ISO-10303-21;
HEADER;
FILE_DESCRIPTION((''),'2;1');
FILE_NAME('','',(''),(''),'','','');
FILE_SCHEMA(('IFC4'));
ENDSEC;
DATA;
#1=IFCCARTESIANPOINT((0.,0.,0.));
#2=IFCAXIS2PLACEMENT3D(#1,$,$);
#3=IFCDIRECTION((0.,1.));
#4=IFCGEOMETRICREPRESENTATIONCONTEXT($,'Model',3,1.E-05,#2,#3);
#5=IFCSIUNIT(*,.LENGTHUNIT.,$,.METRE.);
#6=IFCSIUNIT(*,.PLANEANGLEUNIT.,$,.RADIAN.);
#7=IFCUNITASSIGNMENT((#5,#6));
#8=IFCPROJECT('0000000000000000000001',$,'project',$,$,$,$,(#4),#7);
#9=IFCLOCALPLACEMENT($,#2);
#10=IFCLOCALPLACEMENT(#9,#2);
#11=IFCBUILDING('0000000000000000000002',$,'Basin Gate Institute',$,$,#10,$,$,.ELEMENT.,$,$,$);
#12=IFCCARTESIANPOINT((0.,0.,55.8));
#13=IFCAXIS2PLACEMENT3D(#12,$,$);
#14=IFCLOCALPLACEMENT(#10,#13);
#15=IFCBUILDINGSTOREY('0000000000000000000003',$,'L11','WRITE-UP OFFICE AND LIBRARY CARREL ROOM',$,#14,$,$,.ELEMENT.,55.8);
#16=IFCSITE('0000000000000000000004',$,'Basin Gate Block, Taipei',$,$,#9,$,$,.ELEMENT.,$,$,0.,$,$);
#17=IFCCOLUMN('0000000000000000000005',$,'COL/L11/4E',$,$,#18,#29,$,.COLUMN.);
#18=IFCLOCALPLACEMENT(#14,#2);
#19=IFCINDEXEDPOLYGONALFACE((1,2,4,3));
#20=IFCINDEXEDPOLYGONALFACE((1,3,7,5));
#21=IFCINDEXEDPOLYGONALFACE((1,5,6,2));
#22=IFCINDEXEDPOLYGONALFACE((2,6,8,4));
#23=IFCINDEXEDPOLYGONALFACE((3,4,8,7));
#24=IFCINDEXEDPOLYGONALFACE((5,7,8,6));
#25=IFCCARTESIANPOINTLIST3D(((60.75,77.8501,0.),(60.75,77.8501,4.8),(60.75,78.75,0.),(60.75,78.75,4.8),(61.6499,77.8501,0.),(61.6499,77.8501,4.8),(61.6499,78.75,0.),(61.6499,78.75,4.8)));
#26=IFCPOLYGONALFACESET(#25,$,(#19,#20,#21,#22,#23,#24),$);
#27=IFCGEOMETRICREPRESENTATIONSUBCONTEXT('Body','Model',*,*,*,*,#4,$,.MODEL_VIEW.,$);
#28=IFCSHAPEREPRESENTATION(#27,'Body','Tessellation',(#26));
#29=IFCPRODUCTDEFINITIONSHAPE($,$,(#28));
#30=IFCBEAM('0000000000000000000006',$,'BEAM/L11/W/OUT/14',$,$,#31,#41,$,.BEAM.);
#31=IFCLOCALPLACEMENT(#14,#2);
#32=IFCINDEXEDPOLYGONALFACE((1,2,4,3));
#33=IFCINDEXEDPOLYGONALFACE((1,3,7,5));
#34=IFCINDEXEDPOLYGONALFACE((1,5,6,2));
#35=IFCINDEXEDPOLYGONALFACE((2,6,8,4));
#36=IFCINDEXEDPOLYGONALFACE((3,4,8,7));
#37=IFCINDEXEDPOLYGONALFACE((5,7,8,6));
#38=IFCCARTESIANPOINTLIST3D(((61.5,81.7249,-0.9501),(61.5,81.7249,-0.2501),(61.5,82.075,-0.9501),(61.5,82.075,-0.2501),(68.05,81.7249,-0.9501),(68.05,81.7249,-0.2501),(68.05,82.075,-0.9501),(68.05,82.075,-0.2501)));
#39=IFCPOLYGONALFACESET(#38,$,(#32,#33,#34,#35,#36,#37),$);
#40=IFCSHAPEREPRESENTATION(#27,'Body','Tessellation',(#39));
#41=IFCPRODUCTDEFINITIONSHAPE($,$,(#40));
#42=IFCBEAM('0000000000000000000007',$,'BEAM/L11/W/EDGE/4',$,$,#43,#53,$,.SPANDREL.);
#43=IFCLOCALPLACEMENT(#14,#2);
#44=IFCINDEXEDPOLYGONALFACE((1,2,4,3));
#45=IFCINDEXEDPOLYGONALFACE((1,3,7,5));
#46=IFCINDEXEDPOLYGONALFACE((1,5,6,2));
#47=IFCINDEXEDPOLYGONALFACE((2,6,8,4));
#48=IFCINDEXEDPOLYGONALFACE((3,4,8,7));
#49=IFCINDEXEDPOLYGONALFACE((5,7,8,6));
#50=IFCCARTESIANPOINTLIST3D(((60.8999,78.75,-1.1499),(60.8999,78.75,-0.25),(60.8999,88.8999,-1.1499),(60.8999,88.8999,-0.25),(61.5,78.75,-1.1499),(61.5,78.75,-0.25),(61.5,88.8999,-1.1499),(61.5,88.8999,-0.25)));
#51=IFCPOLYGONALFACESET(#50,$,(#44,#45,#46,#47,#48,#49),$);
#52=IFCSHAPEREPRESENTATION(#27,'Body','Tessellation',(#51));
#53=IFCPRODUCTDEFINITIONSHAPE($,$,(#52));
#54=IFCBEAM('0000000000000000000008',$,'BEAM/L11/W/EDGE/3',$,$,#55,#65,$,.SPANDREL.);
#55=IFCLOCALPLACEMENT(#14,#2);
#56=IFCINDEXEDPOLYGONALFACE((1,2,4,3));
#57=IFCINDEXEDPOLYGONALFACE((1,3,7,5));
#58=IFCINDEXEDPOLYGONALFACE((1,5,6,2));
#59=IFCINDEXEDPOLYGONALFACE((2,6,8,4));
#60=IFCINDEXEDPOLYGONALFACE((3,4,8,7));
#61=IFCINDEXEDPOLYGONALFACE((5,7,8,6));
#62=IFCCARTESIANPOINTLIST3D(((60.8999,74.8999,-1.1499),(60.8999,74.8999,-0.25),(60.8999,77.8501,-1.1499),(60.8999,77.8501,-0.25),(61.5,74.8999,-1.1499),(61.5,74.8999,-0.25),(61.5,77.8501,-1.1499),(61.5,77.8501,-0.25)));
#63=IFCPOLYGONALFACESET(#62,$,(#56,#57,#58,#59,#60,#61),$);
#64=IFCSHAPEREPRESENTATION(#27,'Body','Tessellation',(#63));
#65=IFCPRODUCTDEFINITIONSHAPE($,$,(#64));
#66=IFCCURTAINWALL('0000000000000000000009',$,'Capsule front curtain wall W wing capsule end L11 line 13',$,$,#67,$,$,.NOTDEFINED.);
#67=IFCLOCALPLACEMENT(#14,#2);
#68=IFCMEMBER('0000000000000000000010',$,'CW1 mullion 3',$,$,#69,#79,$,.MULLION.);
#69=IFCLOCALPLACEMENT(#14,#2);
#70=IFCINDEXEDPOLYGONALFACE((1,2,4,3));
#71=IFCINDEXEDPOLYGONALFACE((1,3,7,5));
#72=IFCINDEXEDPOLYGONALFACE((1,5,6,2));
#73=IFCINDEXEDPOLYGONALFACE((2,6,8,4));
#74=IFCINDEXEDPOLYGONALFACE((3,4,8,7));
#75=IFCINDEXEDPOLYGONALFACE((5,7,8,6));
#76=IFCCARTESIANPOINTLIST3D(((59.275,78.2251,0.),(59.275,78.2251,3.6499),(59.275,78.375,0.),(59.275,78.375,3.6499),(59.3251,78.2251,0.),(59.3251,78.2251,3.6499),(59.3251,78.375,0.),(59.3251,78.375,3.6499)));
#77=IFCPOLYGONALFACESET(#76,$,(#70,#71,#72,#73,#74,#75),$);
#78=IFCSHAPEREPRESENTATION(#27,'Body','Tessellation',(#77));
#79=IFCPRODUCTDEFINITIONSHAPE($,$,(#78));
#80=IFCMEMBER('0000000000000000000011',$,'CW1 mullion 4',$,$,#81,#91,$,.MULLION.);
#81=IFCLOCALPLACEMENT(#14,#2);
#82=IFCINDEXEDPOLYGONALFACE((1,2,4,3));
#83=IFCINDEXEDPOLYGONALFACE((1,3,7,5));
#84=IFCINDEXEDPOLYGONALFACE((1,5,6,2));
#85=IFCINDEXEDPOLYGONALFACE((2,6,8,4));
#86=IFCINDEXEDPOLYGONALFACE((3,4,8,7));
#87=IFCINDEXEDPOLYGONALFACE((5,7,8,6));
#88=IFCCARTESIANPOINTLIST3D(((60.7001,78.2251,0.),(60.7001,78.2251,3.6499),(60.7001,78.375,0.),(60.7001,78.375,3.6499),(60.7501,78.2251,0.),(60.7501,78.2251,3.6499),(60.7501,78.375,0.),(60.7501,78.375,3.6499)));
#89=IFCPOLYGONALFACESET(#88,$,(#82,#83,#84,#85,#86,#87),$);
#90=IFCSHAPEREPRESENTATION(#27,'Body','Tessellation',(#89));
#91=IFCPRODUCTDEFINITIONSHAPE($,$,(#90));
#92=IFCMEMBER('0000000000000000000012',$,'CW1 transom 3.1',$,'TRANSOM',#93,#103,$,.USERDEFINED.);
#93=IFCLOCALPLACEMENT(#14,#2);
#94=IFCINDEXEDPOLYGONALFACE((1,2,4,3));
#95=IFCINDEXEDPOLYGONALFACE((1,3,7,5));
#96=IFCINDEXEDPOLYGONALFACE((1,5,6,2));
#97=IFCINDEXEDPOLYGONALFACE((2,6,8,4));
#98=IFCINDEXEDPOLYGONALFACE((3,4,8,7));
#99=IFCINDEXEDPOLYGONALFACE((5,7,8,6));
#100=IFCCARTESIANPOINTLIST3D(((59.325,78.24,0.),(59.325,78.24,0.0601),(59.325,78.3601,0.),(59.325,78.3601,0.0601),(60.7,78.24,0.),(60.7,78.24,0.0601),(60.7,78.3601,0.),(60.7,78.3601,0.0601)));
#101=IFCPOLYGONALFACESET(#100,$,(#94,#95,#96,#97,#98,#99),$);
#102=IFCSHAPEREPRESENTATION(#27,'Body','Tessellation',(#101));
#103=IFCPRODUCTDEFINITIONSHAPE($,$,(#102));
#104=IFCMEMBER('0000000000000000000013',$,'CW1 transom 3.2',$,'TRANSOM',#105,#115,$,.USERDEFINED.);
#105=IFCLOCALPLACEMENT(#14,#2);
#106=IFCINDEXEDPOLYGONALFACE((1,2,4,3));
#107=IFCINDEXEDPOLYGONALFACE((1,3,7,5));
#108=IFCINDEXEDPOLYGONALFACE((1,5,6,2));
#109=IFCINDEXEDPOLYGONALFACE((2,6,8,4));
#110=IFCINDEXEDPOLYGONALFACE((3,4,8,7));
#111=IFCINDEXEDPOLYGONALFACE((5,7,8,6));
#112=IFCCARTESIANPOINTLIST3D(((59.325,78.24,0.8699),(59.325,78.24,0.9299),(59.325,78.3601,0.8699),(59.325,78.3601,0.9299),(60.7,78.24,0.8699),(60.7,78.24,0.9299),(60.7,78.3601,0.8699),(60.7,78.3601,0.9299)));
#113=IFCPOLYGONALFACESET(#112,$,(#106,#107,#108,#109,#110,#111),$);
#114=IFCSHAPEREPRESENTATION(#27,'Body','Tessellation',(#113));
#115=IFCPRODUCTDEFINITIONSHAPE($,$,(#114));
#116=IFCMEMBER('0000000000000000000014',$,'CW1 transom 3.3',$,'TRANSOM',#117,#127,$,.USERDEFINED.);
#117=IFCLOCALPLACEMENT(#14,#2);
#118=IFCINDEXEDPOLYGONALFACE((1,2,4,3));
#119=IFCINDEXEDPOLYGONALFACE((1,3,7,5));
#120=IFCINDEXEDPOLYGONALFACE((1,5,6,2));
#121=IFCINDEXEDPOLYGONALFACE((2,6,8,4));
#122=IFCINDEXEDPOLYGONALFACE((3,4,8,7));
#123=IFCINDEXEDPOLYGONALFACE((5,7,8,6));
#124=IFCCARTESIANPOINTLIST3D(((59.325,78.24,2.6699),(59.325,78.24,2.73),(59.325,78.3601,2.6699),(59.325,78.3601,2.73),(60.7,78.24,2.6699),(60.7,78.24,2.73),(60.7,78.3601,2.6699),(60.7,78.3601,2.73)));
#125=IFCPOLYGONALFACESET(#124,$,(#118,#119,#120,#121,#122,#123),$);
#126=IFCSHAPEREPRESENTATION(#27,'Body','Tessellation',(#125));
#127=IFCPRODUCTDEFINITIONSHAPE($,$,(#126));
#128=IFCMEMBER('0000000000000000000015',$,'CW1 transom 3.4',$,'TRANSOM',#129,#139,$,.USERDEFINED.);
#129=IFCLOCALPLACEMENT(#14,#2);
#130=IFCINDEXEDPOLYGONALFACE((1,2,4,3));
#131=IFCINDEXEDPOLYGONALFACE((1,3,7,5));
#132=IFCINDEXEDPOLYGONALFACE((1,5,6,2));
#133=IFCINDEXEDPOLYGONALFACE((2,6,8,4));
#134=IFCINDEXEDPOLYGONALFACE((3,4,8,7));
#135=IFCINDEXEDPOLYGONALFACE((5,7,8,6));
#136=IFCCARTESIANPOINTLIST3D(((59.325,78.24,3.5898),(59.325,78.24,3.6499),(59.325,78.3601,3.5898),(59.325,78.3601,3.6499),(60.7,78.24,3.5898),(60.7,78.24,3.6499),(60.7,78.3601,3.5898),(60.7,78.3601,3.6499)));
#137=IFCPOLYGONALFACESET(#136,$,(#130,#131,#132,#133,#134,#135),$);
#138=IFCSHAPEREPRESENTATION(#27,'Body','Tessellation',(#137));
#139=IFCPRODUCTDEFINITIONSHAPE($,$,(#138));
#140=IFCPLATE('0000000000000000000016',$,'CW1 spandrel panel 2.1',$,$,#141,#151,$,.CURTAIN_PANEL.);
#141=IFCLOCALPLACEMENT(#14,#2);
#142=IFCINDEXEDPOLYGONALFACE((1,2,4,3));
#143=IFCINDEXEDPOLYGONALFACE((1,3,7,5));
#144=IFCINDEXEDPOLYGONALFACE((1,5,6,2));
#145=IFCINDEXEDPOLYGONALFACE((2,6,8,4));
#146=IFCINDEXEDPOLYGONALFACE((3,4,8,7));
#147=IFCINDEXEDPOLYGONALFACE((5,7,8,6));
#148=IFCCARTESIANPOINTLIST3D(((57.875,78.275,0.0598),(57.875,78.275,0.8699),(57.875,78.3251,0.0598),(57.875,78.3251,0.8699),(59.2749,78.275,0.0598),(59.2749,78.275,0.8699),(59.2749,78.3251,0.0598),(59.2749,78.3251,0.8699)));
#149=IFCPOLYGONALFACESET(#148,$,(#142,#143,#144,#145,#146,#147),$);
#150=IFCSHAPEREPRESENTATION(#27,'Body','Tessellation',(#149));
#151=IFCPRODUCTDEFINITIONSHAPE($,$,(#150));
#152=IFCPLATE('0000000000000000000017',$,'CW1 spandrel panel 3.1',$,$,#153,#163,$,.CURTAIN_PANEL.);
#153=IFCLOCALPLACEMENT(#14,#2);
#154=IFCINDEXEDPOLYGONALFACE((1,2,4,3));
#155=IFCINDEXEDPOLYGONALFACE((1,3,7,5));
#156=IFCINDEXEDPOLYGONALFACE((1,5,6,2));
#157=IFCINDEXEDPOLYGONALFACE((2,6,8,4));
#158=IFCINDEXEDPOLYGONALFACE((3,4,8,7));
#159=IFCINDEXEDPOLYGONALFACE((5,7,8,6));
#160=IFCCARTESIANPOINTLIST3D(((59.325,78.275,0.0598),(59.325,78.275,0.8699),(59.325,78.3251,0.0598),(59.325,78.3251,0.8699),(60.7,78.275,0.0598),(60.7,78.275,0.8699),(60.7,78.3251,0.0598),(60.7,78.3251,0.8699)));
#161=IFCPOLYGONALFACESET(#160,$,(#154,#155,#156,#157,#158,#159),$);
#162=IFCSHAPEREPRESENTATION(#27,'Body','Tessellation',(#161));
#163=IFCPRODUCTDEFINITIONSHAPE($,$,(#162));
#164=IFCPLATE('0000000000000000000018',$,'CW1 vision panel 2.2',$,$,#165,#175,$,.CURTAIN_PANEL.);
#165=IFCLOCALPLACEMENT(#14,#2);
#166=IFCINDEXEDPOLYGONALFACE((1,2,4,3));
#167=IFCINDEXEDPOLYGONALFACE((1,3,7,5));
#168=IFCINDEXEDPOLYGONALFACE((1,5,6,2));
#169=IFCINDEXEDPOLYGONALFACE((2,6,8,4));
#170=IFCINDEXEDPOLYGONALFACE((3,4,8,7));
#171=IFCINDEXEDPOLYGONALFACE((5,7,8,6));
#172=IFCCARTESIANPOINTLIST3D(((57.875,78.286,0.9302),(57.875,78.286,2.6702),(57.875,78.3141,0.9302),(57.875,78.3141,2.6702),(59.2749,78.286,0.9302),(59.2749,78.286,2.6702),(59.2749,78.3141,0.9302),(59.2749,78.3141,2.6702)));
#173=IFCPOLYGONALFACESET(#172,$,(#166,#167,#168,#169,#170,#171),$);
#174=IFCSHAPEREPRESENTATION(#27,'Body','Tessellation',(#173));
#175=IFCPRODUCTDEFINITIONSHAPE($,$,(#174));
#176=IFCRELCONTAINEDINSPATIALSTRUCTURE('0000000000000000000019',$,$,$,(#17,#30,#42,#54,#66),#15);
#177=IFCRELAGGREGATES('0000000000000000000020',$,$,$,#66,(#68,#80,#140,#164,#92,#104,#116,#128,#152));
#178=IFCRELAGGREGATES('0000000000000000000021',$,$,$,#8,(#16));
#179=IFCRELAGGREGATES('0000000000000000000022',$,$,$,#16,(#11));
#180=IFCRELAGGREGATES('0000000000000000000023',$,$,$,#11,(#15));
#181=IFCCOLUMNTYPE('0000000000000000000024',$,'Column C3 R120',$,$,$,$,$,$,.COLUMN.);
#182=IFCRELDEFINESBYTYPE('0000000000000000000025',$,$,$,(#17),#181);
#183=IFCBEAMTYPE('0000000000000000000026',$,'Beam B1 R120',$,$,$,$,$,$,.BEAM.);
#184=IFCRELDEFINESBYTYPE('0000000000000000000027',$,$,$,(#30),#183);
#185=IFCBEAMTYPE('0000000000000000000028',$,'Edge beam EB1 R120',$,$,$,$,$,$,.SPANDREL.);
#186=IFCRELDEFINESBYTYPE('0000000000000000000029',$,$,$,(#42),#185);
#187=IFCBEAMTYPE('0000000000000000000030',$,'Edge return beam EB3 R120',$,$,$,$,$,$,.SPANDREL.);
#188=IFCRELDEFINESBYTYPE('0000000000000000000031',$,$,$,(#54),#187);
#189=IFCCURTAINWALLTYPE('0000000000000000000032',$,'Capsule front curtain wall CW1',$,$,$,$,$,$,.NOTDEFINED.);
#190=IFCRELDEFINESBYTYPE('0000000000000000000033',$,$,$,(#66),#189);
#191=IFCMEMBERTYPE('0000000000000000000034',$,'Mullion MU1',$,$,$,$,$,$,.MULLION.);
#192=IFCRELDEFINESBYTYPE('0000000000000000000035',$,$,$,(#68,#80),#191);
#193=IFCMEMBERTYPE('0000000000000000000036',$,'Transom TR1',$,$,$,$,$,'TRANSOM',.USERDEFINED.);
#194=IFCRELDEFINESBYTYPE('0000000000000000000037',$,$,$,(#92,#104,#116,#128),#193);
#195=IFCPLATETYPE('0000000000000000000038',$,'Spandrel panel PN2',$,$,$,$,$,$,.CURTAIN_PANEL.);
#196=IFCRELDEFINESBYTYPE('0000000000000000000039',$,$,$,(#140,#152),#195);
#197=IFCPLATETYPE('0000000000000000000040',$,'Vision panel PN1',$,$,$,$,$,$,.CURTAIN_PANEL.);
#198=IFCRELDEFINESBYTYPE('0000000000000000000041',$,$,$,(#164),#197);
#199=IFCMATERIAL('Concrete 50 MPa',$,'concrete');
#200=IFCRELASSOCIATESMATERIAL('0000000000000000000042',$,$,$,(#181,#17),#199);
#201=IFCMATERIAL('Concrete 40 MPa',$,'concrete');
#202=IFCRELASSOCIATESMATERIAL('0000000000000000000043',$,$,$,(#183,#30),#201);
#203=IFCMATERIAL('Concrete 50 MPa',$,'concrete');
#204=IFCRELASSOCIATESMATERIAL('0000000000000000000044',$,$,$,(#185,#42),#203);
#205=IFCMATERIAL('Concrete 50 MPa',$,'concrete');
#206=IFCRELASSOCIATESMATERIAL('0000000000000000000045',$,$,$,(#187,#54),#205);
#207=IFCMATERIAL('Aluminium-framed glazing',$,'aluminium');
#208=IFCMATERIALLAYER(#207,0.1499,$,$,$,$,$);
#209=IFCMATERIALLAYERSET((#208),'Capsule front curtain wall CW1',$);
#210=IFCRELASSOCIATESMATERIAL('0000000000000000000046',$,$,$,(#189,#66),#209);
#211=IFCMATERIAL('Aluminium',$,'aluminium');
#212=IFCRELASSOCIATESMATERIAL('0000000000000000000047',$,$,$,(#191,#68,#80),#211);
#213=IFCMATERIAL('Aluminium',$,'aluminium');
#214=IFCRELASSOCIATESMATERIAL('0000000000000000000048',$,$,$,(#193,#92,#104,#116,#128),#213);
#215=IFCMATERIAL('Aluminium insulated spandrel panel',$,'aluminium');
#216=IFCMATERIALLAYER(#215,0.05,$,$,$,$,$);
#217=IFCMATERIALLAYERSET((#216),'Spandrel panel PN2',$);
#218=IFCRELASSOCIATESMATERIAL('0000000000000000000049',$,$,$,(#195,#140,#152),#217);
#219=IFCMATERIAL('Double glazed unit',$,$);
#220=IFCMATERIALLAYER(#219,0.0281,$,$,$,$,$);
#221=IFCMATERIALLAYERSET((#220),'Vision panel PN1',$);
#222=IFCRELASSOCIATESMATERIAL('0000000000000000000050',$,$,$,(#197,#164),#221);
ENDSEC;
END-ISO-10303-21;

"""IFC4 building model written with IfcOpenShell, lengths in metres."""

from ifc_helpers import new_model, si_unit, direction, frame, origin, origin_2d, place, context, subcontext, project, spatial, rectangle, extrude, material, layer, layer_set, material_profile, profile_set, type_object, element, aggregate, save


model = new_model("IFC4")

# Units and contexts
model_context = context("Model", 3, precision=1e-05, world=origin(), true_north=direction((0.0, 1.0)))
body_context = subcontext(model_context, "Body", "Model", "MODEL_VIEW")
ifc_project = project(units=[si_unit("LENGTHUNIT", "METRE"), si_unit("PLANEANGLEUNIT", "RADIAN")], contexts=[model_context])

# Site, building, storey
site_placement = place(None, origin())
site = spatial("IfcSite", under=ifc_project, at=site_placement, Name="Basin Gate Block, Taipei", CompositionType="ELEMENT", RefElevation=0.0)
building_placement = place(site_placement, origin())
building = spatial("IfcBuilding", under=site, at=building_placement, Name="Basin Gate Institute", CompositionType="ELEMENT")
storey_placement = place(building_placement, frame((0.0, 0.0, 55.8)))
storey = spatial("IfcBuildingStorey", under=building, at=storey_placement, Name="L11", Description="WRITE-UP OFFICE AND LIBRARY CARREL ROOM", CompositionType="ELEMENT", Elevation=55.8)

# Column
ifc_material_1 = material(Name="Concrete 50 MPa", Category="concrete")
ifc_material_profile_1 = material_profile(ifc_material_1, rectangle(XDim=0.8999, YDim=0.8999, at=origin_2d()), Name="Column C3 900 x 900")
ifc_profile_set_1 = profile_set([ifc_material_profile_1], Name="Concrete 50 MPa")
column_type = type_object("IfcColumnType", Name="Column C3 R120", PredefinedType="COLUMN", material=ifc_profile_set_1)
column_placement = place(storey_placement, frame((61.2, 78.3, 0.0), z_axis=(0.0, 0.0, 1.0), x_axis=(1.0, 0.0, 0.0)))
element("IfcColumn", 1, at=column_placement, inside=storey, type_object=column_type, material=ifc_profile_set_1, Name="COL/L11/4E", PredefinedType="COLUMN", context=body_context, shape_type="SweptSolid", body=[
    extrude(rectangle(XDim=0.8999, YDim=0.8999, at=origin_2d()), origin(), (0.0, 0.0, 1.0), 4.8),
])

# Beams
ifc_material_2 = material(Name="Concrete 40 MPa", Category="concrete")
ifc_material_profile_2 = material_profile(ifc_material_2, rectangle(XDim=0.3501, YDim=0.7, at=origin_2d()), Name="Beam B1 350 x 700")
ifc_profile_set_2 = profile_set([ifc_material_profile_2], Name="Concrete 40 MPa")
beam_type_1 = type_object("IfcBeamType", Name="Beam B1 R120", PredefinedType="BEAM", material=ifc_profile_set_2)
beam_1_placement = place(storey_placement, frame((61.5, 81.8999, -0.6001), z_axis=(1.0, 0.0, 0.0), x_axis=(0.0, 1.0, 0.0)))
element("IfcBeam", 2, at=beam_1_placement, inside=storey, type_object=beam_type_1, material=ifc_profile_set_2, Name="BEAM/L11/W/OUT/14", PredefinedType="BEAM", context=body_context, shape_type="SweptSolid", body=[
    extrude(rectangle(XDim=0.3501, YDim=0.7, at=origin_2d()), origin(), (0.0, 0.0, 1.0), 6.55),
])
ifc_material_3 = material(Name="Concrete 50 MPa", Category="concrete")
ifc_material_profile_3 = material_profile(ifc_material_3, rectangle(XDim=0.6001, YDim=0.8999, at=origin_2d()), Name="Edge beam EB1 600 x 900")
ifc_profile_set_3 = profile_set([ifc_material_profile_3], Name="Concrete 50 MPa")
beam_type_2 = type_object("IfcBeamType", Name="Edge beam EB1 R120", PredefinedType="SPANDREL", material=ifc_profile_set_3)
beam_2_placement = place(storey_placement, frame((61.2, 78.75, -0.7), z_axis=(0.0, 1.0, 0.0), x_axis=(-1.0, 0.0, 0.0)))
element("IfcBeam", 3, at=beam_2_placement, inside=storey, type_object=beam_type_2, material=ifc_profile_set_3, Name="BEAM/L11/W/EDGE/4", PredefinedType="SPANDREL", context=body_context, shape_type="SweptSolid", body=[
    extrude(rectangle(XDim=0.6001, YDim=0.8999, at=origin_2d()), origin(), (0.0, 0.0, 1.0), 10.1499),
])
ifc_material_4 = material(Name="Concrete 50 MPa", Category="concrete")
ifc_material_profile_4 = material_profile(ifc_material_4, rectangle(XDim=0.6001, YDim=0.8999, at=origin_2d()), Name="Edge return beam EB3 600 x 900")
ifc_profile_set_4 = profile_set([ifc_material_profile_4], Name="Concrete 50 MPa")
beam_type_3 = type_object("IfcBeamType", Name="Edge return beam EB3 R120", PredefinedType="SPANDREL", material=ifc_profile_set_4)
beam_3_placement = place(storey_placement, frame((61.2, 74.8999, -0.7), z_axis=(0.0, 1.0, 0.0), x_axis=(-1.0, 0.0, 0.0)))
element("IfcBeam", 4, at=beam_3_placement, inside=storey, type_object=beam_type_3, material=ifc_profile_set_4, Name="BEAM/L11/W/EDGE/3", PredefinedType="SPANDREL", context=body_context, shape_type="SweptSolid", body=[
    extrude(rectangle(XDim=0.6001, YDim=0.8999, at=origin_2d()), origin(), (0.0, 0.0, 1.0), 2.9502),
])

# Curtain wall, members, plates
ifc_material_5 = material(Name="Aluminium-framed glazing", Category="aluminium")
ifc_layer_1 = layer(ifc_material_5, 0.1499)
ifc_layer_set_1 = layer_set([ifc_layer_1], Name="Capsule front curtain wall CW1")
curtain_wall_type = type_object("IfcCurtainWallType", Name="Capsule front curtain wall CW1", PredefinedType="NOTDEFINED", material=ifc_layer_set_1)
curtain_wall_placement = place(storey_placement, origin())
curtain_wall = element("IfcCurtainWall", 5, at=curtain_wall_placement, inside=storey, type_object=curtain_wall_type, material=ifc_layer_set_1, Name="Capsule front curtain wall W wing capsule end L11 line 13", PredefinedType="NOTDEFINED")
ifc_material_6 = material(Name="Aluminium", Category="aluminium")
ifc_material_profile_5 = material_profile(ifc_material_6, rectangle(XDim=0.1499, YDim=0.05, at=origin_2d()), Name="Mullion MU1 150 x 50")
ifc_profile_set_5 = profile_set([ifc_material_profile_5], Name="Aluminium")
member_type_1 = type_object("IfcMemberType", Name="Mullion MU1", PredefinedType="MULLION", material=ifc_profile_set_5)
member_1_placement = place(storey_placement, frame((59.3, 78.3, 0.0), z_axis=(0.0, 0.0, 1.0), x_axis=(0.0, 1.0, 0.0)))
member_1 = element("IfcMember", 6, at=member_1_placement, type_object=member_type_1, material=ifc_profile_set_5, Name="CW1 mullion 3", PredefinedType="MULLION", context=body_context, shape_type="SweptSolid", body=[
    extrude(rectangle(XDim=0.1499, YDim=0.05, at=origin_2d()), origin(), (0.0, 0.0, 1.0), 3.6499),
])
member_2_placement = place(storey_placement, frame((60.7251, 78.3, 0.0), z_axis=(0.0, 0.0, 1.0), x_axis=(0.0, 1.0, 0.0)))
member_2 = element("IfcMember", 7, at=member_2_placement, type_object=member_type_1, material=ifc_profile_set_5, Name="CW1 mullion 4", PredefinedType="MULLION", context=body_context, shape_type="SweptSolid", body=[
    extrude(rectangle(XDim=0.1499, YDim=0.05, at=origin_2d()), origin(), (0.0, 0.0, 1.0), 3.6499),
])
ifc_material_7 = material(Name="Aluminium", Category="aluminium")
ifc_material_profile_6 = material_profile(ifc_material_7, rectangle(XDim=0.1201, YDim=0.0601, at=origin_2d()), Name="Transom TR1 120 x 60")
ifc_profile_set_6 = profile_set([ifc_material_profile_6], Name="Aluminium")
member_type_2 = type_object("IfcMemberType", Name="Transom TR1", ElementType="TRANSOM", PredefinedType="USERDEFINED", material=ifc_profile_set_6)
member_3_placement = place(storey_placement, frame((59.325, 78.3, 0.03), z_axis=(1.0, 0.0, 0.0), x_axis=(0.0, 1.0, 0.0)))
member_3 = element("IfcMember", 8, at=member_3_placement, type_object=member_type_2, material=ifc_profile_set_6, Name="CW1 transom 3.1", ObjectType="TRANSOM", PredefinedType="USERDEFINED", context=body_context, shape_type="SweptSolid", body=[
    extrude(rectangle(XDim=0.1201, YDim=0.0601, at=origin_2d()), origin(), (0.0, 0.0, 1.0), 1.375),
])
member_4_placement = place(storey_placement, frame((59.325, 78.3, 0.8999), z_axis=(1.0, 0.0, 0.0), x_axis=(0.0, 1.0, 0.0)))
member_4 = element("IfcMember", 9, at=member_4_placement, type_object=member_type_2, material=ifc_profile_set_6, Name="CW1 transom 3.2", ObjectType="TRANSOM", PredefinedType="USERDEFINED", context=body_context, shape_type="SweptSolid", body=[
    extrude(rectangle(XDim=0.1201, YDim=0.0601, at=origin_2d()), origin(), (0.0, 0.0, 1.0), 1.375),
])
member_5_placement = place(storey_placement, frame((59.325, 78.3, 2.7), z_axis=(1.0, 0.0, 0.0), x_axis=(0.0, 1.0, 0.0)))
member_5 = element("IfcMember", 10, at=member_5_placement, type_object=member_type_2, material=ifc_profile_set_6, Name="CW1 transom 3.3", ObjectType="TRANSOM", PredefinedType="USERDEFINED", context=body_context, shape_type="SweptSolid", body=[
    extrude(rectangle(XDim=0.1201, YDim=0.0601, at=origin_2d()), origin(), (0.0, 0.0, 1.0), 1.375),
])
member_6_placement = place(storey_placement, frame((59.325, 78.3, 3.6199), z_axis=(1.0, 0.0, 0.0), x_axis=(0.0, 1.0, 0.0)))
member_6 = element("IfcMember", 11, at=member_6_placement, type_object=member_type_2, material=ifc_profile_set_6, Name="CW1 transom 3.4", ObjectType="TRANSOM", PredefinedType="USERDEFINED", context=body_context, shape_type="SweptSolid", body=[
    extrude(rectangle(XDim=0.1201, YDim=0.0601, at=origin_2d()), origin(), (0.0, 0.0, 1.0), 1.375),
])
ifc_material_8 = material(Name="Aluminium insulated spandrel panel", Category="aluminium")
ifc_layer_2 = layer(ifc_material_8, 0.05)
ifc_layer_set_2 = layer_set([ifc_layer_2], Name="Spandrel panel PN2")
plate_type_1 = type_object("IfcPlateType", Name="Spandrel panel PN2", PredefinedType="CURTAIN_PANEL", material=ifc_layer_set_2)
plate_1_placement = place(storey_placement, frame((58.575, 78.3, 0.0598), z_axis=(0.0, 0.0, 1.0), x_axis=(1.0, 0.0, 0.0)))
plate_1 = element("IfcPlate", 12, at=plate_1_placement, type_object=plate_type_1, material=ifc_layer_set_2, Name="CW1 spandrel panel 2.1", PredefinedType="CURTAIN_PANEL", context=body_context, shape_type="SweptSolid", body=[
    extrude(rectangle(XDim=1.3999, YDim=0.05, at=origin_2d()), origin(), (0.0, 0.0, 1.0), 0.8101),
])
plate_2_placement = place(storey_placement, frame((60.0125, 78.3, 0.0598), z_axis=(0.0, 0.0, 1.0), x_axis=(1.0, 0.0, 0.0)))
plate_2 = element("IfcPlate", 13, at=plate_2_placement, type_object=plate_type_1, material=ifc_layer_set_2, Name="CW1 spandrel panel 3.1", PredefinedType="CURTAIN_PANEL", context=body_context, shape_type="SweptSolid", body=[
    extrude(rectangle(XDim=1.375, YDim=0.05, at=origin_2d()), origin(), (0.0, 0.0, 1.0), 0.8101),
])
ifc_material_9 = material(Name="Double glazed unit")
ifc_layer_3 = layer(ifc_material_9, 0.0281)
ifc_layer_set_3 = layer_set([ifc_layer_3], Name="Vision panel PN1")
plate_type_2 = type_object("IfcPlateType", Name="Vision panel PN1", PredefinedType="CURTAIN_PANEL", material=ifc_layer_set_3)
plate_3_placement = place(storey_placement, frame((58.575, 78.3, 0.9302), z_axis=(0.0, 0.0, 1.0), x_axis=(1.0, 0.0, 0.0)))
plate_3 = element("IfcPlate", 14, at=plate_3_placement, type_object=plate_type_2, material=ifc_layer_set_3, Name="CW1 vision panel 2.2", PredefinedType="CURTAIN_PANEL", context=body_context, shape_type="SweptSolid", body=[
    extrude(rectangle(XDim=1.3999, YDim=0.0281, at=origin_2d()), origin(), (0.0, 0.0, 1.0), 1.74),
])
aggregate(curtain_wall, [member_1, member_2, plate_1, plate_3, member_3, member_4, member_5, member_6, plate_2])

save(model, "model.ifc")
